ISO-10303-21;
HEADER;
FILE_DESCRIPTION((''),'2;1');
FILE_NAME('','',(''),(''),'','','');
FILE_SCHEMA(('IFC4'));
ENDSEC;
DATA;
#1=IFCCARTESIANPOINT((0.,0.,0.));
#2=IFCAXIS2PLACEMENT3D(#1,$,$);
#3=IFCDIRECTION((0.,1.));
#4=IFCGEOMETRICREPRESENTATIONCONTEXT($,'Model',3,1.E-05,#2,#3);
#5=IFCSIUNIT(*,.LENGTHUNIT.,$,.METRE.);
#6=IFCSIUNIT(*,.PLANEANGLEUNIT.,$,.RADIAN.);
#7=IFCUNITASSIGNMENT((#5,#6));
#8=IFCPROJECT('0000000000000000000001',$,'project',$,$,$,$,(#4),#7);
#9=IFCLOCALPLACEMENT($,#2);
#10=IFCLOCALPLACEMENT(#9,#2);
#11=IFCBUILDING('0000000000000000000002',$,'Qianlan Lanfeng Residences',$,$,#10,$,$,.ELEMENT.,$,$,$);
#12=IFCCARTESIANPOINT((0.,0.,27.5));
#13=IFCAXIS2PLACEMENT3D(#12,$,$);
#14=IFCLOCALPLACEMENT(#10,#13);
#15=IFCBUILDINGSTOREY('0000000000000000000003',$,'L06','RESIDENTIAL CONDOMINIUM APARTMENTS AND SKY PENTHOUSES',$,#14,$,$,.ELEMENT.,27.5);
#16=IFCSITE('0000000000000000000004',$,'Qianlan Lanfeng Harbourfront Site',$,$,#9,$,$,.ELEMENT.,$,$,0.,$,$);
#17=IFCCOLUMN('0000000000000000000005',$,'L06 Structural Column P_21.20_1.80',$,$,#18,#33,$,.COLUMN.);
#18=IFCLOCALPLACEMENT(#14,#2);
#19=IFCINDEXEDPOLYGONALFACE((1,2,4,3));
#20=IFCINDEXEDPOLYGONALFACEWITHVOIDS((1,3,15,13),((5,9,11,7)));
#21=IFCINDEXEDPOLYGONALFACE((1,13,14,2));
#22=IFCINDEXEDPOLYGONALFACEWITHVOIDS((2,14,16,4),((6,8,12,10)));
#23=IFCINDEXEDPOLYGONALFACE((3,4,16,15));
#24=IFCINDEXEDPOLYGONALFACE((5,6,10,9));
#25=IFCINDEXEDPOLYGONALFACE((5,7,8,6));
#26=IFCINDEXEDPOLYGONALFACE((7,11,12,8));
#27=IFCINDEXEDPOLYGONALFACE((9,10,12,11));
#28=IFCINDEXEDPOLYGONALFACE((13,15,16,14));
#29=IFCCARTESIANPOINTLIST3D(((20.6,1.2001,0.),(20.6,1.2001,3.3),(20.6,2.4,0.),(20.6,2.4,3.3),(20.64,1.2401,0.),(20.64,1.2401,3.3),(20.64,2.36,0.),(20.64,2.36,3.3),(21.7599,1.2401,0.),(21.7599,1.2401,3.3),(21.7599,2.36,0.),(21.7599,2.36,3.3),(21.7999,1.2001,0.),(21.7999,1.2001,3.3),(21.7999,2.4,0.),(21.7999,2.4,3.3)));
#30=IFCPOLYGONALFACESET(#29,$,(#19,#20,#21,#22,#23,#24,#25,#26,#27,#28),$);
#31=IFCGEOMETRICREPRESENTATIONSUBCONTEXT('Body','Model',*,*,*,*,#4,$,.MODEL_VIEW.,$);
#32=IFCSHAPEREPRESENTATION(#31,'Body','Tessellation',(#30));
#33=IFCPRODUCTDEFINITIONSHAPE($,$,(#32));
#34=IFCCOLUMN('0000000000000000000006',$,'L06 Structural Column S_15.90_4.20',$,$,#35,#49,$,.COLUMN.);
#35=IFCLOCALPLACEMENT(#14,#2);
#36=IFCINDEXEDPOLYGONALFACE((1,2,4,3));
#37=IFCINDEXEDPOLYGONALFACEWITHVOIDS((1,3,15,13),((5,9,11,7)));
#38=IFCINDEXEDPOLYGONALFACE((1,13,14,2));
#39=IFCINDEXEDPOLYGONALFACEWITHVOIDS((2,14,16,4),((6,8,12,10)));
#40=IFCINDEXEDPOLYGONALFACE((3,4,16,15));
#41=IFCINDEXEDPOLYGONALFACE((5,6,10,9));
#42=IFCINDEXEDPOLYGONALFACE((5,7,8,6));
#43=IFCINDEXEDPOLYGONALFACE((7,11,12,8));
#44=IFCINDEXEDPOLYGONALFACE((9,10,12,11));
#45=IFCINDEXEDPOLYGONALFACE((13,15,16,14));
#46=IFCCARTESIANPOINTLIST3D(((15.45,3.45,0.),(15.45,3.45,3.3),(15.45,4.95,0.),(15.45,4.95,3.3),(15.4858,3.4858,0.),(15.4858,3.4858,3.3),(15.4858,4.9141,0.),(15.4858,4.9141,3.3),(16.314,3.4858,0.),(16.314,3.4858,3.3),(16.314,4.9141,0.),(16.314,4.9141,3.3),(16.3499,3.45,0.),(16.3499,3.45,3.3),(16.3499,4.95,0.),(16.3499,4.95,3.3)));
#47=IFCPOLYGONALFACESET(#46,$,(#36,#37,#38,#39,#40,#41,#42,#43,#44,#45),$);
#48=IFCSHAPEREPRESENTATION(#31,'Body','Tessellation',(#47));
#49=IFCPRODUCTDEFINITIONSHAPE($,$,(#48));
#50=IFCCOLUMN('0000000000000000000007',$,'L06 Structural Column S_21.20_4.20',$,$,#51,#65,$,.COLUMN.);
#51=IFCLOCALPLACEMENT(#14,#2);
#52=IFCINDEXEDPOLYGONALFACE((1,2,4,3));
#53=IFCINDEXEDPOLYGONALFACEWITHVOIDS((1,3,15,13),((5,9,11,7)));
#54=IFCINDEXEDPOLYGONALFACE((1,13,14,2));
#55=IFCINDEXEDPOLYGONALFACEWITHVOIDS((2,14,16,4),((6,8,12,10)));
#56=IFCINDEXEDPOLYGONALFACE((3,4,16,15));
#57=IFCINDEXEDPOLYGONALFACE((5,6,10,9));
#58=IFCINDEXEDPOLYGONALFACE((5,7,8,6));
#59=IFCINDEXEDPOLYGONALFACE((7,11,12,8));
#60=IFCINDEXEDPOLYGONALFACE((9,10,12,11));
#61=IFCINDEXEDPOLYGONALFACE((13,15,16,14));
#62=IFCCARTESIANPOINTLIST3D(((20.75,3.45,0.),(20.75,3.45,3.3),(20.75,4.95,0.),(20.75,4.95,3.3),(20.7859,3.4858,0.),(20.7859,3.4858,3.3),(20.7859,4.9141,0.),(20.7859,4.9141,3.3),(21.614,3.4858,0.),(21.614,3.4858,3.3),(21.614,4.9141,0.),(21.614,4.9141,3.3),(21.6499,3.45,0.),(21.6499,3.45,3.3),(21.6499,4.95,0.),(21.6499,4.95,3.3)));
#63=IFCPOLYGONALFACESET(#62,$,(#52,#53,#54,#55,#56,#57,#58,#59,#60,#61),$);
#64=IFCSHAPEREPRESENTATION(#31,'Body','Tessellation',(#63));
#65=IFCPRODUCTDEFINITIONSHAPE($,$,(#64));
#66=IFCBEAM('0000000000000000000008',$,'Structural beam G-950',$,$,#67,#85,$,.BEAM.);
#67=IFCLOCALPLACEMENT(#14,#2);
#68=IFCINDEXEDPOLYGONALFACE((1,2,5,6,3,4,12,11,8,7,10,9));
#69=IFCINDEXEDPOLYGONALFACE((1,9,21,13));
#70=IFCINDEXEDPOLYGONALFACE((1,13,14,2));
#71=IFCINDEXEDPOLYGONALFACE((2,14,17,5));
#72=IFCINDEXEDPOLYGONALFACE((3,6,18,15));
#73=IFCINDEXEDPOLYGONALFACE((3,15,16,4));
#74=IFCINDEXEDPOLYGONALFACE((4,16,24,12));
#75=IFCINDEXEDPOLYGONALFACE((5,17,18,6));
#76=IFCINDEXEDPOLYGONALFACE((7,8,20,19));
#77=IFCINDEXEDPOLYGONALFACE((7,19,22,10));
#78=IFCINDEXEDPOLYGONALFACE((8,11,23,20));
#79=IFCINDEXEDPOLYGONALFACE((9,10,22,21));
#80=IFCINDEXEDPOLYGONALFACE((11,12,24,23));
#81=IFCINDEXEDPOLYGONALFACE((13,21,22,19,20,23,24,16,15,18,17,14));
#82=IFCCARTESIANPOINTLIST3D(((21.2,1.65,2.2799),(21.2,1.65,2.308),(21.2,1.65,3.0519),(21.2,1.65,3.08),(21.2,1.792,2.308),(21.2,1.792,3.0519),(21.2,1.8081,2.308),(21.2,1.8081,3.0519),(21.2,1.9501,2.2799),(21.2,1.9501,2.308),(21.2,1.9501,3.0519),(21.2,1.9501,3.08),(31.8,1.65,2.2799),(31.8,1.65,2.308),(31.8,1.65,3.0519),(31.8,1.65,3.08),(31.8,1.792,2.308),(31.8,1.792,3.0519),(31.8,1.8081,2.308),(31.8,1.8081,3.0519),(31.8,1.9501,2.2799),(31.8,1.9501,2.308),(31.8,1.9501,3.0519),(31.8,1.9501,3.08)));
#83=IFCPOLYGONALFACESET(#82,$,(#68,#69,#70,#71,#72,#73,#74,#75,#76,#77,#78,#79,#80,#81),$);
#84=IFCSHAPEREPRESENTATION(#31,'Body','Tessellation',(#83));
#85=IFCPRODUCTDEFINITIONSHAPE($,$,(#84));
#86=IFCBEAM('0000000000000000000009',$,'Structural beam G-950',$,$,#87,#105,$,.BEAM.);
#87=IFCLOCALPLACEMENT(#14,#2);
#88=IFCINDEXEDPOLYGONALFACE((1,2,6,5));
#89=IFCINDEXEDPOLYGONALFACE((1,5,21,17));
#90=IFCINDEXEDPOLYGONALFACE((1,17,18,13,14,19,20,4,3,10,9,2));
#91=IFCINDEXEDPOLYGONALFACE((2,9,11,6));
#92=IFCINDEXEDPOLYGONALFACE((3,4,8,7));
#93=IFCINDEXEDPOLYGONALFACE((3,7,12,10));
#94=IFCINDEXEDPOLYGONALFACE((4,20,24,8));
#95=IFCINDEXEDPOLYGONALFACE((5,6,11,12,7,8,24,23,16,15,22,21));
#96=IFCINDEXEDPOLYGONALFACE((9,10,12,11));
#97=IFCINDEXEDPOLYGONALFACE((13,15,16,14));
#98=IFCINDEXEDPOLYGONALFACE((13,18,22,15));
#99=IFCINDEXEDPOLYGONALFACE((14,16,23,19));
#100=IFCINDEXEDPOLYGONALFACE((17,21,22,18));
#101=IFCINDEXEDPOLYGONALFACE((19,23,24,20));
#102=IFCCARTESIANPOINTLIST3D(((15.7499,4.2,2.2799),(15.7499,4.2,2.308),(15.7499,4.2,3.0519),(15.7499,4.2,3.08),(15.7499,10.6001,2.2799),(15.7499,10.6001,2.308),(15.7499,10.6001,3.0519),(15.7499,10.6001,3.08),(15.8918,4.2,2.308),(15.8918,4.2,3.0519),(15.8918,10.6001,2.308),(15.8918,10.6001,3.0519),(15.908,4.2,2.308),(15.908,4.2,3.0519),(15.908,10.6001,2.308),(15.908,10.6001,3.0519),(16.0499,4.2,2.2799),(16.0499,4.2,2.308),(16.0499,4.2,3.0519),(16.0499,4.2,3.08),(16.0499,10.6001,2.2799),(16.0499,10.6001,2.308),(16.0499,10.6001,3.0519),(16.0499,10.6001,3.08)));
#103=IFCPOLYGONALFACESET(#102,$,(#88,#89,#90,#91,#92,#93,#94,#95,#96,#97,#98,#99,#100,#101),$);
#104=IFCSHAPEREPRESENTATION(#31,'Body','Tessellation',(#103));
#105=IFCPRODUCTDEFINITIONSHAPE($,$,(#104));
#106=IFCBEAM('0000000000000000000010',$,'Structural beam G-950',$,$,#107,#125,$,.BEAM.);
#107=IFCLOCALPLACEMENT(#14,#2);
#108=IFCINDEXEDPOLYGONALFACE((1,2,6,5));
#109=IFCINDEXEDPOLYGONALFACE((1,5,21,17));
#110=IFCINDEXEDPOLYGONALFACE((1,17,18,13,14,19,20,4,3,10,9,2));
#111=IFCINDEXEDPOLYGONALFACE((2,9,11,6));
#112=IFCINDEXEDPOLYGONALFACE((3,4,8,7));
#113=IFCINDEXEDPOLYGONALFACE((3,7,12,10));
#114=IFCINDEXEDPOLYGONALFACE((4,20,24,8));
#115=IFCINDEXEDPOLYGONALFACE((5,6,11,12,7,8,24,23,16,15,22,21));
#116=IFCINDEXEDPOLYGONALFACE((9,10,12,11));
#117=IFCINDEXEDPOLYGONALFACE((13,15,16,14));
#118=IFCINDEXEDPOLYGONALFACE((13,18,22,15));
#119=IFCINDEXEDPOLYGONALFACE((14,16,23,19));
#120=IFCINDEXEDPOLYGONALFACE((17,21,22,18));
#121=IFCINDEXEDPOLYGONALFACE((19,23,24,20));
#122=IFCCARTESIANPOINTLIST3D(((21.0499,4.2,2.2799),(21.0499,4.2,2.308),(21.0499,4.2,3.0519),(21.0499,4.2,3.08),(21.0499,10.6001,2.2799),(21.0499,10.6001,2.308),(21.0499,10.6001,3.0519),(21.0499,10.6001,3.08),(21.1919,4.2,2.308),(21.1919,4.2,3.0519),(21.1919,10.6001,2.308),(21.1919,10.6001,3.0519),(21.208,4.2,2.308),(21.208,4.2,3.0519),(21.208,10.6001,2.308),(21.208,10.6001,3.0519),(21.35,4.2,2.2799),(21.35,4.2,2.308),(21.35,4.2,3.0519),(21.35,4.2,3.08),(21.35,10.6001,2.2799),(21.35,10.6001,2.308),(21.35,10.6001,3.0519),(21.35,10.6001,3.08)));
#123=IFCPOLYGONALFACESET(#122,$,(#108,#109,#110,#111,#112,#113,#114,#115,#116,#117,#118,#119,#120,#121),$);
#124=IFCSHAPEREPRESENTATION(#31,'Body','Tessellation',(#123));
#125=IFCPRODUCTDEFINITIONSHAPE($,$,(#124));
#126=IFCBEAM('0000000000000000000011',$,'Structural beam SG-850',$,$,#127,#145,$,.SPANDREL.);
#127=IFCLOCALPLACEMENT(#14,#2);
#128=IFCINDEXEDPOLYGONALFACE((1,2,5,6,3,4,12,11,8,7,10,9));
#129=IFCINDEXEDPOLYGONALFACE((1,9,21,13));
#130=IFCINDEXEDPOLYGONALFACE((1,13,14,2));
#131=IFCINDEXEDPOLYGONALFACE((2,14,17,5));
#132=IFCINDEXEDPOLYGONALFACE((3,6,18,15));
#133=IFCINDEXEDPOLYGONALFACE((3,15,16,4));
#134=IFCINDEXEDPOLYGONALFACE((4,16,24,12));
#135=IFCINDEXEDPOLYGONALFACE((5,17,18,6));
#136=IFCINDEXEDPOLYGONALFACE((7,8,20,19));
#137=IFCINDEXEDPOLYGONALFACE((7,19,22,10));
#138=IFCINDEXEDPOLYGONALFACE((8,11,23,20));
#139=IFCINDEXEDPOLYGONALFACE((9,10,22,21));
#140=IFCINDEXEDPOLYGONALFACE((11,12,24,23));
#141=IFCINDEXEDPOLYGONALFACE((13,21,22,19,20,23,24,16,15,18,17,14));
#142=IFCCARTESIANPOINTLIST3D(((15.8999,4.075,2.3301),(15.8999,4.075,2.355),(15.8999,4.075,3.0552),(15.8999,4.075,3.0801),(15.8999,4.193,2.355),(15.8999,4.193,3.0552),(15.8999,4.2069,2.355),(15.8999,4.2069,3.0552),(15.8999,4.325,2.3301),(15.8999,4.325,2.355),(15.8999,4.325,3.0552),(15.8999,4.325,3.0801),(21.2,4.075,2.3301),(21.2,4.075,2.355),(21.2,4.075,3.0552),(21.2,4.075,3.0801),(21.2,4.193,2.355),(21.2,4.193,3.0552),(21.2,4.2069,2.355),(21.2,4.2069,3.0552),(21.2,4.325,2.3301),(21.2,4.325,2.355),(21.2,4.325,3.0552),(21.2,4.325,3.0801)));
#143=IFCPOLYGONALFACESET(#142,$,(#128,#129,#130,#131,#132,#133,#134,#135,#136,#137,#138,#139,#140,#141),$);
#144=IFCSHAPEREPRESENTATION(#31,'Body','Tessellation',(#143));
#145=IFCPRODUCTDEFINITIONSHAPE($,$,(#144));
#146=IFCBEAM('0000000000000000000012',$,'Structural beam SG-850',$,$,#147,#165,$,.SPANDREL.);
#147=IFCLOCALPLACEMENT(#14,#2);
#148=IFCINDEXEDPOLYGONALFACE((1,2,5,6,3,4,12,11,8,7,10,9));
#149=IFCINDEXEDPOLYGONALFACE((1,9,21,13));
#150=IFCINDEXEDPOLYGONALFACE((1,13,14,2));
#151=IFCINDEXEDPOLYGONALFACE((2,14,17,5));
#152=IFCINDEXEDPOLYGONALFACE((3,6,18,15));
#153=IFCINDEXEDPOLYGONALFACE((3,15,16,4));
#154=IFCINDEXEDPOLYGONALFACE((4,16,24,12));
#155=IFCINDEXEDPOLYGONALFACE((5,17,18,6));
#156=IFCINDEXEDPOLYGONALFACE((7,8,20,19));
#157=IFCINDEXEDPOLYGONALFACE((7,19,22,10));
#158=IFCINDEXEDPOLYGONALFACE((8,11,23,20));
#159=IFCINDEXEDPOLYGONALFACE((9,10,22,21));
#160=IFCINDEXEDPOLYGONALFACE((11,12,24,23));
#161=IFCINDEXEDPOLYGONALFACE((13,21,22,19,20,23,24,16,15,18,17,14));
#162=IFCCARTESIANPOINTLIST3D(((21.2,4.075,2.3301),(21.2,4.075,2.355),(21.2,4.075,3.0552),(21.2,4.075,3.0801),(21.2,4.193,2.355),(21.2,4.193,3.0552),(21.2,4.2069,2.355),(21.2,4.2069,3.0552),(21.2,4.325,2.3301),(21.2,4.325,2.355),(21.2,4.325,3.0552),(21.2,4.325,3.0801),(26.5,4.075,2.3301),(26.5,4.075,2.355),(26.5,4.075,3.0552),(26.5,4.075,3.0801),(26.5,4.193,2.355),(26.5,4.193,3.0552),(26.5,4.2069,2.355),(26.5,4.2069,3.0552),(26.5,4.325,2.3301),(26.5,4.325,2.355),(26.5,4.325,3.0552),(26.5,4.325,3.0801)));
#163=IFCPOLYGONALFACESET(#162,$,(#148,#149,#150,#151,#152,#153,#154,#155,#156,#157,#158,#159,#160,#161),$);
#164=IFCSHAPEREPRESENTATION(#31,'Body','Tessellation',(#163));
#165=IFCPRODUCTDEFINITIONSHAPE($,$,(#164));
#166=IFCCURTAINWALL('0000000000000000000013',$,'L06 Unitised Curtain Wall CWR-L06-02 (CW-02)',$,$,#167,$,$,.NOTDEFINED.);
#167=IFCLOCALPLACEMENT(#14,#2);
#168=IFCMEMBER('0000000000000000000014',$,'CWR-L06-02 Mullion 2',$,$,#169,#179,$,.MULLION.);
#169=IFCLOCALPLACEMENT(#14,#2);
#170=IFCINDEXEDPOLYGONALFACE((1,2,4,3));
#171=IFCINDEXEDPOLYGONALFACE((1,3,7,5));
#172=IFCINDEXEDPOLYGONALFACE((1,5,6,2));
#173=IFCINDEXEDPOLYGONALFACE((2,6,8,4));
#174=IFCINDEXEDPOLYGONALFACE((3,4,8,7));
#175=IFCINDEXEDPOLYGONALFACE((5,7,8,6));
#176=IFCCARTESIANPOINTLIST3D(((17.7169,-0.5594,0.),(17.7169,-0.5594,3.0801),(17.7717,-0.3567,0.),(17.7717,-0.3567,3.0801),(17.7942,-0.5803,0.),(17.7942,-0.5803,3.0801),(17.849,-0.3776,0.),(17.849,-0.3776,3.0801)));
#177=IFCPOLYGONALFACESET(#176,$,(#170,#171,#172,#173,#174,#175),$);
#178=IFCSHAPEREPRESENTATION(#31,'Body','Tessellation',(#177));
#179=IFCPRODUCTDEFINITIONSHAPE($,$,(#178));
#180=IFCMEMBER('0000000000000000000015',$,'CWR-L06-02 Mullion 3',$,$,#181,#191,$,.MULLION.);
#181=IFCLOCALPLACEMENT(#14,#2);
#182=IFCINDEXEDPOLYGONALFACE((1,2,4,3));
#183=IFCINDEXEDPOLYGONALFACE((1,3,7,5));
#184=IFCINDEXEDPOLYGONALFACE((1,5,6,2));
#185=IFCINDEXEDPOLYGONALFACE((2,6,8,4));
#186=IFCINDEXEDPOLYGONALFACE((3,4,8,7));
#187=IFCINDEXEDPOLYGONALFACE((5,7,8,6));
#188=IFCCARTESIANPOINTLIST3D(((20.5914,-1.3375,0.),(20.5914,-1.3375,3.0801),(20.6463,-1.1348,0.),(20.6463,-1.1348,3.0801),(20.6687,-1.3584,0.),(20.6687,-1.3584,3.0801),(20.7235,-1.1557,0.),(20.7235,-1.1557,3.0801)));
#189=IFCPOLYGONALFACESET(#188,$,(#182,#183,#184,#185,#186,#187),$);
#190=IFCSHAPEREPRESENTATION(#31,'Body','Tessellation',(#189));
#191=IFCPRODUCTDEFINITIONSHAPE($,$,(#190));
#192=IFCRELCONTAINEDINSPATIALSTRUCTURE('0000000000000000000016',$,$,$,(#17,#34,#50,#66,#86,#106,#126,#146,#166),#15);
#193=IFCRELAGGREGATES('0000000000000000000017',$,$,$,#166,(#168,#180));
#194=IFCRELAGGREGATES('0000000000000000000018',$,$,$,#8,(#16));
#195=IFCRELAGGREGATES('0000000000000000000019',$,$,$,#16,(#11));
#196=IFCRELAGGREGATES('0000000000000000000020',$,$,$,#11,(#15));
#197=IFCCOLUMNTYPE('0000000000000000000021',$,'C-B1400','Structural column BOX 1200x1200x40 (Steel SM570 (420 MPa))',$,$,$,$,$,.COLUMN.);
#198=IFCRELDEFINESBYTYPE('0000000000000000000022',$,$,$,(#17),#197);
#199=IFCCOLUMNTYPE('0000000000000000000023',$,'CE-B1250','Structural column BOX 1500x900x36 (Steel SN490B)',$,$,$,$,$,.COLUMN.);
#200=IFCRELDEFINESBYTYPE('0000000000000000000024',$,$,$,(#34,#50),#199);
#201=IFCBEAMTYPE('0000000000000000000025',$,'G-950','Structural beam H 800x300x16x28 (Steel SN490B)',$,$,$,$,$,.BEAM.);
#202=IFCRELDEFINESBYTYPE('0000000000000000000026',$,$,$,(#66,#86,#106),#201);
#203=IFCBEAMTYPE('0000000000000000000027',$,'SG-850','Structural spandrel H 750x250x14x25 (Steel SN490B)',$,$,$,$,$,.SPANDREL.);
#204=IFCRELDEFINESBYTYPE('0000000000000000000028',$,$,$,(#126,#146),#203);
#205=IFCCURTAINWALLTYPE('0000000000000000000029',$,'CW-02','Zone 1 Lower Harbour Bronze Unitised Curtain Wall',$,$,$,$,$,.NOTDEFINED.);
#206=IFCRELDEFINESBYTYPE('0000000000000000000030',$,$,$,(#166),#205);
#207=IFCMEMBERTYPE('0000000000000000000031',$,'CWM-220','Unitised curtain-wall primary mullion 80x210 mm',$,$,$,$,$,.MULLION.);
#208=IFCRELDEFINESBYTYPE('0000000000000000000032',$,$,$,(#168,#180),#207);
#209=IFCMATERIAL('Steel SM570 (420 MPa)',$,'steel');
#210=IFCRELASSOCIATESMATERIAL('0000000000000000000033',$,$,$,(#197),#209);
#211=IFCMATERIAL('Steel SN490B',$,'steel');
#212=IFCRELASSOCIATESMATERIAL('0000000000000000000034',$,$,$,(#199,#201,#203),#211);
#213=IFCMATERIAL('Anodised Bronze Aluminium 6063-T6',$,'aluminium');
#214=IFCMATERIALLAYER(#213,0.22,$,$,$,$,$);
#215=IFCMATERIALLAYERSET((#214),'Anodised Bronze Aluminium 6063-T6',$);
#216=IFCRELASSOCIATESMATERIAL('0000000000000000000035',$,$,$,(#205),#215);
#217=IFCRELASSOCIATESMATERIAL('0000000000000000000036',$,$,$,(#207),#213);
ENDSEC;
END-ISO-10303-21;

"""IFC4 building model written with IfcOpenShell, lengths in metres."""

from ifc_helpers import new_model, si_unit, direction, frame, origin, origin_2d, place, context, subcontext, project, spatial, rectangle, hollow_rectangle, i_section, extrude, source, transform, mapped, material, layer, layer_set, material_profile, profile_set, type_object, element, aggregate, save


model = new_model("IFC4")

# Units and contexts
model_context = context("Model", 3, precision=1e-05, world=origin(), true_north=direction((0.0, 1.0)))
body_context = subcontext(model_context, "Body", "Model", "MODEL_VIEW")
ifc_project = project(units=[si_unit("LENGTHUNIT", "METRE"), si_unit("PLANEANGLEUNIT", "RADIAN")], contexts=[model_context])

# Site, building, storey
site_placement = place(None, origin())
site = spatial("IfcSite", under=ifc_project, at=site_placement, Name="Qianlan Lanfeng Harbourfront Site", CompositionType="ELEMENT", RefElevation=0.0)
building_placement = place(site_placement, origin())
building = spatial("IfcBuilding", under=site, at=building_placement, Name="Qianlan Lanfeng Residences", CompositionType="ELEMENT")
storey_placement = place(building_placement, frame((0.0, 0.0, 27.5)))
storey = spatial("IfcBuildingStorey", under=building, at=storey_placement, Name="L06", Description="RESIDENTIAL CONDOMINIUM APARTMENTS AND SKY PENTHOUSES", CompositionType="ELEMENT", Elevation=27.5)

# Columns
ifc_material_1 = material(Name="Steel SM570 (420 MPa)", Category="steel")
ifc_material_profile_1 = material_profile(ifc_material_1, hollow_rectangle(XDim=1.2, YDim=1.2, WallThickness=0.04, at=origin_2d()), Name="BOX 1200x1200x40")
ifc_profile_set_1 = profile_set([ifc_material_profile_1], Name="Steel SM570 (420 MPa)")
column_type_1 = type_object("IfcColumnType", Name="C-B1400", Description="Structural column BOX 1200x1200x40 (Steel SM570 (420 MPa))", PredefinedType="COLUMN", material=ifc_profile_set_1)
column_placement = place(storey_placement, frame((21.2, 1.8, 0.0), z_axis=(0.0, 0.0, 1.0), x_axis=(1.0, 0.0, 0.0)))
element("IfcColumn", 1, at=column_placement, inside=storey, type_object=column_type_1, Name="L06 Structural Column P_21.20_1.80", PredefinedType="COLUMN", context=body_context, shape_type="SweptSolid", body=[
    extrude(hollow_rectangle(XDim=1.2, YDim=1.2, WallThickness=0.04, at=origin_2d()), origin(), (0.0, 0.0, 1.0), 3.3),
])
ifc_material_2 = material(Name="Steel SN490B", Category="steel")
ifc_material_profile_2 = material_profile(ifc_material_2, hollow_rectangle(XDim=0.8999, YDim=1.5, WallThickness=0.0359, at=origin_2d()), Name="BOX 1500x900x36")
ifc_profile_set_2 = profile_set([ifc_material_profile_2], Name="Steel SN490B")
column_type_2 = type_object("IfcColumnType", Name="CE-B1250", Description="Structural column BOX 1500x900x36 (Steel SN490B)", PredefinedType="COLUMN", material=ifc_profile_set_2)
for number, where, z_axis, x_axis, name in (
    (2, (15.8999, 4.2, 0.0), (0.0, 0.0, 1.0), (1.0, 0.0, 0.0), "L06 Structural Column S_15.90_4.20"),
    (3, (21.2, 4.2, 0.0), (0.0, 0.0, 1.0), (1.0, 0.0, 0.0), "L06 Structural Column S_21.20_4.20"),
):
    element("IfcColumn", number, at=place(storey_placement, frame(where, z_axis=z_axis, x_axis=x_axis)), inside=storey, type_object=column_type_2, Name=name, PredefinedType="COLUMN", context=body_context, shape_type="SweptSolid", body=[
        extrude(hollow_rectangle(XDim=0.8999, YDim=1.5, WallThickness=0.0359, at=origin_2d()), origin(), (0.0, 0.0, 1.0), 3.3),
    ])

# Beams
ifc_material_profile_3 = material_profile(ifc_material_2, i_section(OverallWidth=0.3, OverallDepth=0.8, WebThickness=0.0161, FlangeThickness=0.0281, at=origin_2d()), Name="H 800x300x16x28")
ifc_profile_set_3 = profile_set([ifc_material_profile_3], Name="Steel SN490B")
beam_type_1 = type_object("IfcBeamType", Name="G-950", Description="Structural beam H 800x300x16x28 (Steel SN490B)", PredefinedType="BEAM", material=ifc_profile_set_3)
beam_placement = place(storey_placement, frame((21.2, 1.8, 2.6799), z_axis=(1.0, 0.0, 0.0), x_axis=(0.0, 1.0, 0.0)))
element("IfcBeam", 4, at=beam_placement, inside=storey, type_object=beam_type_1, Name="Structural beam G-950", PredefinedType="BEAM", context=body_context, shape_type="SweptSolid", body=[
    extrude(i_section(OverallWidth=0.3, OverallDepth=0.8, WebThickness=0.0161, FlangeThickness=0.0281, at=origin_2d()), origin(), (0.0, 0.0, 1.0), 10.6001),
])
for number, where, z_axis, x_axis, name in (
    (5, (15.8999, 4.2, 2.6799), (0.0, 1.0, 0.0), (-1.0, 0.0, 0.0), "Structural beam G-950"),
    (6, (21.2, 4.2, 2.6799), (0.0, 1.0, 0.0), (-1.0, 0.0, 0.0), "Structural beam G-950"),
):
    element("IfcBeam", number, at=place(storey_placement, frame(where, z_axis=z_axis, x_axis=x_axis)), inside=storey, type_object=beam_type_1, Name=name, PredefinedType="BEAM", context=body_context, shape_type="SweptSolid", body=[
        extrude(i_section(OverallWidth=0.3, OverallDepth=0.8, WebThickness=0.0161, FlangeThickness=0.0281, at=origin_2d()), origin(), (0.0, 0.0, 1.0), 6.4001),
    ])
ifc_material_profile_4 = material_profile(ifc_material_2, i_section(OverallWidth=0.25, OverallDepth=0.75, WebThickness=0.0139, FlangeThickness=0.0249, at=origin_2d()), Name="H 750x250x14x25")
ifc_profile_set_4 = profile_set([ifc_material_profile_4], Name="Steel SN490B")
beam_type_2 = type_object("IfcBeamType", Name="SG-850", Description="Structural spandrel H 750x250x14x25 (Steel SN490B)", PredefinedType="SPANDREL", material=ifc_profile_set_4)
for number, where, z_axis, x_axis, name in (
    (7, (15.8999, 4.2, 2.7051), (1.0, 0.0, 0.0), (0.0, 1.0, 0.0), "Structural beam SG-850"),
    (8, (21.2, 4.2, 2.7051), (1.0, 0.0, 0.0), (0.0, 1.0, 0.0), "Structural beam SG-850"),
):
    element("IfcBeam", number, at=place(storey_placement, frame(where, z_axis=z_axis, x_axis=x_axis)), inside=storey, type_object=beam_type_2, Name=name, PredefinedType="SPANDREL", context=body_context, shape_type="SweptSolid", body=[
        extrude(i_section(OverallWidth=0.25, OverallDepth=0.75, WebThickness=0.0139, FlangeThickness=0.0249, at=origin_2d()), origin(), (0.0, 0.0, 1.0), 5.3),
    ])

# Curtain wall, members
ifc_material_3 = material(Name="Anodised Bronze Aluminium 6063-T6", Category="aluminium")
ifc_layer_1 = layer(ifc_material_3, 0.22)
ifc_layer_set_1 = layer_set([ifc_layer_1], Name="Anodised Bronze Aluminium 6063-T6")
curtain_wall_type = type_object("IfcCurtainWallType", Name="CW-02", Description="Zone 1 Lower Harbour Bronze Unitised Curtain Wall", PredefinedType="NOTDEFINED", material=ifc_layer_set_1)
curtain_wall_placement = place(storey_placement, origin())
curtain_wall = element("IfcCurtainWall", 9, at=curtain_wall_placement, inside=storey, type_object=curtain_wall_type, Name="L06 Unitised Curtain Wall CWR-L06-02 (CW-02)", PredefinedType="NOTDEFINED")
ifc_material_profile_5 = material_profile(ifc_material_3, rectangle(XDim=0.0801, YDim=0.21, at=origin_2d()), Name="ALU MULLION 80x210")
ifc_profile_set_5 = profile_set([ifc_material_profile_5], Name="Anodised Bronze Aluminium 6063-T6")
member_type_1 = type_object("IfcMemberType", Name="CWM-220", Description="Unitised curtain-wall primary mullion 80x210 mm", PredefinedType="MULLION", material=ifc_profile_set_5)
shared_shape_1 = source(origin(), body_context, "Body", "SweptSolid", [
    extrude(rectangle(XDim=0.0801, YDim=0.21, at=origin_2d()), origin(), (0.0, 0.0, 1.0), 3.0801),
])
member_1_placement = place(storey_placement, frame((17.783, -0.4685, 0.0), z_axis=(0.0, 0.0, 1.0), x_axis=(0.965263, -0.261281, 0.0)))
member_1 = element("IfcMember", 10, at=member_1_placement, type_object=member_type_1, Name="CWR-L06-02 Mullion 2", PredefinedType="MULLION", context=body_context, shape_type="MappedRepresentation", body=[
    mapped(shared_shape_1, transform((0.0, 0.0, 0.0), scale=1.0)),
])
member_2_placement = place(storey_placement, frame((20.6575, -1.2466, 0.0), z_axis=(0.0, 0.0, 1.0), x_axis=(0.965263, -0.261281, 0.0)))
member_2 = element("IfcMember", 11, at=member_2_placement, type_object=member_type_1, Name="CWR-L06-02 Mullion 3", PredefinedType="MULLION", context=body_context, shape_type="MappedRepresentation", body=[
    mapped(shared_shape_1, transform((0.0, 0.0, 0.0), scale=1.0)),
])
aggregate(curtain_wall, [member_1, member_2])

save(model, "model.ifc")
